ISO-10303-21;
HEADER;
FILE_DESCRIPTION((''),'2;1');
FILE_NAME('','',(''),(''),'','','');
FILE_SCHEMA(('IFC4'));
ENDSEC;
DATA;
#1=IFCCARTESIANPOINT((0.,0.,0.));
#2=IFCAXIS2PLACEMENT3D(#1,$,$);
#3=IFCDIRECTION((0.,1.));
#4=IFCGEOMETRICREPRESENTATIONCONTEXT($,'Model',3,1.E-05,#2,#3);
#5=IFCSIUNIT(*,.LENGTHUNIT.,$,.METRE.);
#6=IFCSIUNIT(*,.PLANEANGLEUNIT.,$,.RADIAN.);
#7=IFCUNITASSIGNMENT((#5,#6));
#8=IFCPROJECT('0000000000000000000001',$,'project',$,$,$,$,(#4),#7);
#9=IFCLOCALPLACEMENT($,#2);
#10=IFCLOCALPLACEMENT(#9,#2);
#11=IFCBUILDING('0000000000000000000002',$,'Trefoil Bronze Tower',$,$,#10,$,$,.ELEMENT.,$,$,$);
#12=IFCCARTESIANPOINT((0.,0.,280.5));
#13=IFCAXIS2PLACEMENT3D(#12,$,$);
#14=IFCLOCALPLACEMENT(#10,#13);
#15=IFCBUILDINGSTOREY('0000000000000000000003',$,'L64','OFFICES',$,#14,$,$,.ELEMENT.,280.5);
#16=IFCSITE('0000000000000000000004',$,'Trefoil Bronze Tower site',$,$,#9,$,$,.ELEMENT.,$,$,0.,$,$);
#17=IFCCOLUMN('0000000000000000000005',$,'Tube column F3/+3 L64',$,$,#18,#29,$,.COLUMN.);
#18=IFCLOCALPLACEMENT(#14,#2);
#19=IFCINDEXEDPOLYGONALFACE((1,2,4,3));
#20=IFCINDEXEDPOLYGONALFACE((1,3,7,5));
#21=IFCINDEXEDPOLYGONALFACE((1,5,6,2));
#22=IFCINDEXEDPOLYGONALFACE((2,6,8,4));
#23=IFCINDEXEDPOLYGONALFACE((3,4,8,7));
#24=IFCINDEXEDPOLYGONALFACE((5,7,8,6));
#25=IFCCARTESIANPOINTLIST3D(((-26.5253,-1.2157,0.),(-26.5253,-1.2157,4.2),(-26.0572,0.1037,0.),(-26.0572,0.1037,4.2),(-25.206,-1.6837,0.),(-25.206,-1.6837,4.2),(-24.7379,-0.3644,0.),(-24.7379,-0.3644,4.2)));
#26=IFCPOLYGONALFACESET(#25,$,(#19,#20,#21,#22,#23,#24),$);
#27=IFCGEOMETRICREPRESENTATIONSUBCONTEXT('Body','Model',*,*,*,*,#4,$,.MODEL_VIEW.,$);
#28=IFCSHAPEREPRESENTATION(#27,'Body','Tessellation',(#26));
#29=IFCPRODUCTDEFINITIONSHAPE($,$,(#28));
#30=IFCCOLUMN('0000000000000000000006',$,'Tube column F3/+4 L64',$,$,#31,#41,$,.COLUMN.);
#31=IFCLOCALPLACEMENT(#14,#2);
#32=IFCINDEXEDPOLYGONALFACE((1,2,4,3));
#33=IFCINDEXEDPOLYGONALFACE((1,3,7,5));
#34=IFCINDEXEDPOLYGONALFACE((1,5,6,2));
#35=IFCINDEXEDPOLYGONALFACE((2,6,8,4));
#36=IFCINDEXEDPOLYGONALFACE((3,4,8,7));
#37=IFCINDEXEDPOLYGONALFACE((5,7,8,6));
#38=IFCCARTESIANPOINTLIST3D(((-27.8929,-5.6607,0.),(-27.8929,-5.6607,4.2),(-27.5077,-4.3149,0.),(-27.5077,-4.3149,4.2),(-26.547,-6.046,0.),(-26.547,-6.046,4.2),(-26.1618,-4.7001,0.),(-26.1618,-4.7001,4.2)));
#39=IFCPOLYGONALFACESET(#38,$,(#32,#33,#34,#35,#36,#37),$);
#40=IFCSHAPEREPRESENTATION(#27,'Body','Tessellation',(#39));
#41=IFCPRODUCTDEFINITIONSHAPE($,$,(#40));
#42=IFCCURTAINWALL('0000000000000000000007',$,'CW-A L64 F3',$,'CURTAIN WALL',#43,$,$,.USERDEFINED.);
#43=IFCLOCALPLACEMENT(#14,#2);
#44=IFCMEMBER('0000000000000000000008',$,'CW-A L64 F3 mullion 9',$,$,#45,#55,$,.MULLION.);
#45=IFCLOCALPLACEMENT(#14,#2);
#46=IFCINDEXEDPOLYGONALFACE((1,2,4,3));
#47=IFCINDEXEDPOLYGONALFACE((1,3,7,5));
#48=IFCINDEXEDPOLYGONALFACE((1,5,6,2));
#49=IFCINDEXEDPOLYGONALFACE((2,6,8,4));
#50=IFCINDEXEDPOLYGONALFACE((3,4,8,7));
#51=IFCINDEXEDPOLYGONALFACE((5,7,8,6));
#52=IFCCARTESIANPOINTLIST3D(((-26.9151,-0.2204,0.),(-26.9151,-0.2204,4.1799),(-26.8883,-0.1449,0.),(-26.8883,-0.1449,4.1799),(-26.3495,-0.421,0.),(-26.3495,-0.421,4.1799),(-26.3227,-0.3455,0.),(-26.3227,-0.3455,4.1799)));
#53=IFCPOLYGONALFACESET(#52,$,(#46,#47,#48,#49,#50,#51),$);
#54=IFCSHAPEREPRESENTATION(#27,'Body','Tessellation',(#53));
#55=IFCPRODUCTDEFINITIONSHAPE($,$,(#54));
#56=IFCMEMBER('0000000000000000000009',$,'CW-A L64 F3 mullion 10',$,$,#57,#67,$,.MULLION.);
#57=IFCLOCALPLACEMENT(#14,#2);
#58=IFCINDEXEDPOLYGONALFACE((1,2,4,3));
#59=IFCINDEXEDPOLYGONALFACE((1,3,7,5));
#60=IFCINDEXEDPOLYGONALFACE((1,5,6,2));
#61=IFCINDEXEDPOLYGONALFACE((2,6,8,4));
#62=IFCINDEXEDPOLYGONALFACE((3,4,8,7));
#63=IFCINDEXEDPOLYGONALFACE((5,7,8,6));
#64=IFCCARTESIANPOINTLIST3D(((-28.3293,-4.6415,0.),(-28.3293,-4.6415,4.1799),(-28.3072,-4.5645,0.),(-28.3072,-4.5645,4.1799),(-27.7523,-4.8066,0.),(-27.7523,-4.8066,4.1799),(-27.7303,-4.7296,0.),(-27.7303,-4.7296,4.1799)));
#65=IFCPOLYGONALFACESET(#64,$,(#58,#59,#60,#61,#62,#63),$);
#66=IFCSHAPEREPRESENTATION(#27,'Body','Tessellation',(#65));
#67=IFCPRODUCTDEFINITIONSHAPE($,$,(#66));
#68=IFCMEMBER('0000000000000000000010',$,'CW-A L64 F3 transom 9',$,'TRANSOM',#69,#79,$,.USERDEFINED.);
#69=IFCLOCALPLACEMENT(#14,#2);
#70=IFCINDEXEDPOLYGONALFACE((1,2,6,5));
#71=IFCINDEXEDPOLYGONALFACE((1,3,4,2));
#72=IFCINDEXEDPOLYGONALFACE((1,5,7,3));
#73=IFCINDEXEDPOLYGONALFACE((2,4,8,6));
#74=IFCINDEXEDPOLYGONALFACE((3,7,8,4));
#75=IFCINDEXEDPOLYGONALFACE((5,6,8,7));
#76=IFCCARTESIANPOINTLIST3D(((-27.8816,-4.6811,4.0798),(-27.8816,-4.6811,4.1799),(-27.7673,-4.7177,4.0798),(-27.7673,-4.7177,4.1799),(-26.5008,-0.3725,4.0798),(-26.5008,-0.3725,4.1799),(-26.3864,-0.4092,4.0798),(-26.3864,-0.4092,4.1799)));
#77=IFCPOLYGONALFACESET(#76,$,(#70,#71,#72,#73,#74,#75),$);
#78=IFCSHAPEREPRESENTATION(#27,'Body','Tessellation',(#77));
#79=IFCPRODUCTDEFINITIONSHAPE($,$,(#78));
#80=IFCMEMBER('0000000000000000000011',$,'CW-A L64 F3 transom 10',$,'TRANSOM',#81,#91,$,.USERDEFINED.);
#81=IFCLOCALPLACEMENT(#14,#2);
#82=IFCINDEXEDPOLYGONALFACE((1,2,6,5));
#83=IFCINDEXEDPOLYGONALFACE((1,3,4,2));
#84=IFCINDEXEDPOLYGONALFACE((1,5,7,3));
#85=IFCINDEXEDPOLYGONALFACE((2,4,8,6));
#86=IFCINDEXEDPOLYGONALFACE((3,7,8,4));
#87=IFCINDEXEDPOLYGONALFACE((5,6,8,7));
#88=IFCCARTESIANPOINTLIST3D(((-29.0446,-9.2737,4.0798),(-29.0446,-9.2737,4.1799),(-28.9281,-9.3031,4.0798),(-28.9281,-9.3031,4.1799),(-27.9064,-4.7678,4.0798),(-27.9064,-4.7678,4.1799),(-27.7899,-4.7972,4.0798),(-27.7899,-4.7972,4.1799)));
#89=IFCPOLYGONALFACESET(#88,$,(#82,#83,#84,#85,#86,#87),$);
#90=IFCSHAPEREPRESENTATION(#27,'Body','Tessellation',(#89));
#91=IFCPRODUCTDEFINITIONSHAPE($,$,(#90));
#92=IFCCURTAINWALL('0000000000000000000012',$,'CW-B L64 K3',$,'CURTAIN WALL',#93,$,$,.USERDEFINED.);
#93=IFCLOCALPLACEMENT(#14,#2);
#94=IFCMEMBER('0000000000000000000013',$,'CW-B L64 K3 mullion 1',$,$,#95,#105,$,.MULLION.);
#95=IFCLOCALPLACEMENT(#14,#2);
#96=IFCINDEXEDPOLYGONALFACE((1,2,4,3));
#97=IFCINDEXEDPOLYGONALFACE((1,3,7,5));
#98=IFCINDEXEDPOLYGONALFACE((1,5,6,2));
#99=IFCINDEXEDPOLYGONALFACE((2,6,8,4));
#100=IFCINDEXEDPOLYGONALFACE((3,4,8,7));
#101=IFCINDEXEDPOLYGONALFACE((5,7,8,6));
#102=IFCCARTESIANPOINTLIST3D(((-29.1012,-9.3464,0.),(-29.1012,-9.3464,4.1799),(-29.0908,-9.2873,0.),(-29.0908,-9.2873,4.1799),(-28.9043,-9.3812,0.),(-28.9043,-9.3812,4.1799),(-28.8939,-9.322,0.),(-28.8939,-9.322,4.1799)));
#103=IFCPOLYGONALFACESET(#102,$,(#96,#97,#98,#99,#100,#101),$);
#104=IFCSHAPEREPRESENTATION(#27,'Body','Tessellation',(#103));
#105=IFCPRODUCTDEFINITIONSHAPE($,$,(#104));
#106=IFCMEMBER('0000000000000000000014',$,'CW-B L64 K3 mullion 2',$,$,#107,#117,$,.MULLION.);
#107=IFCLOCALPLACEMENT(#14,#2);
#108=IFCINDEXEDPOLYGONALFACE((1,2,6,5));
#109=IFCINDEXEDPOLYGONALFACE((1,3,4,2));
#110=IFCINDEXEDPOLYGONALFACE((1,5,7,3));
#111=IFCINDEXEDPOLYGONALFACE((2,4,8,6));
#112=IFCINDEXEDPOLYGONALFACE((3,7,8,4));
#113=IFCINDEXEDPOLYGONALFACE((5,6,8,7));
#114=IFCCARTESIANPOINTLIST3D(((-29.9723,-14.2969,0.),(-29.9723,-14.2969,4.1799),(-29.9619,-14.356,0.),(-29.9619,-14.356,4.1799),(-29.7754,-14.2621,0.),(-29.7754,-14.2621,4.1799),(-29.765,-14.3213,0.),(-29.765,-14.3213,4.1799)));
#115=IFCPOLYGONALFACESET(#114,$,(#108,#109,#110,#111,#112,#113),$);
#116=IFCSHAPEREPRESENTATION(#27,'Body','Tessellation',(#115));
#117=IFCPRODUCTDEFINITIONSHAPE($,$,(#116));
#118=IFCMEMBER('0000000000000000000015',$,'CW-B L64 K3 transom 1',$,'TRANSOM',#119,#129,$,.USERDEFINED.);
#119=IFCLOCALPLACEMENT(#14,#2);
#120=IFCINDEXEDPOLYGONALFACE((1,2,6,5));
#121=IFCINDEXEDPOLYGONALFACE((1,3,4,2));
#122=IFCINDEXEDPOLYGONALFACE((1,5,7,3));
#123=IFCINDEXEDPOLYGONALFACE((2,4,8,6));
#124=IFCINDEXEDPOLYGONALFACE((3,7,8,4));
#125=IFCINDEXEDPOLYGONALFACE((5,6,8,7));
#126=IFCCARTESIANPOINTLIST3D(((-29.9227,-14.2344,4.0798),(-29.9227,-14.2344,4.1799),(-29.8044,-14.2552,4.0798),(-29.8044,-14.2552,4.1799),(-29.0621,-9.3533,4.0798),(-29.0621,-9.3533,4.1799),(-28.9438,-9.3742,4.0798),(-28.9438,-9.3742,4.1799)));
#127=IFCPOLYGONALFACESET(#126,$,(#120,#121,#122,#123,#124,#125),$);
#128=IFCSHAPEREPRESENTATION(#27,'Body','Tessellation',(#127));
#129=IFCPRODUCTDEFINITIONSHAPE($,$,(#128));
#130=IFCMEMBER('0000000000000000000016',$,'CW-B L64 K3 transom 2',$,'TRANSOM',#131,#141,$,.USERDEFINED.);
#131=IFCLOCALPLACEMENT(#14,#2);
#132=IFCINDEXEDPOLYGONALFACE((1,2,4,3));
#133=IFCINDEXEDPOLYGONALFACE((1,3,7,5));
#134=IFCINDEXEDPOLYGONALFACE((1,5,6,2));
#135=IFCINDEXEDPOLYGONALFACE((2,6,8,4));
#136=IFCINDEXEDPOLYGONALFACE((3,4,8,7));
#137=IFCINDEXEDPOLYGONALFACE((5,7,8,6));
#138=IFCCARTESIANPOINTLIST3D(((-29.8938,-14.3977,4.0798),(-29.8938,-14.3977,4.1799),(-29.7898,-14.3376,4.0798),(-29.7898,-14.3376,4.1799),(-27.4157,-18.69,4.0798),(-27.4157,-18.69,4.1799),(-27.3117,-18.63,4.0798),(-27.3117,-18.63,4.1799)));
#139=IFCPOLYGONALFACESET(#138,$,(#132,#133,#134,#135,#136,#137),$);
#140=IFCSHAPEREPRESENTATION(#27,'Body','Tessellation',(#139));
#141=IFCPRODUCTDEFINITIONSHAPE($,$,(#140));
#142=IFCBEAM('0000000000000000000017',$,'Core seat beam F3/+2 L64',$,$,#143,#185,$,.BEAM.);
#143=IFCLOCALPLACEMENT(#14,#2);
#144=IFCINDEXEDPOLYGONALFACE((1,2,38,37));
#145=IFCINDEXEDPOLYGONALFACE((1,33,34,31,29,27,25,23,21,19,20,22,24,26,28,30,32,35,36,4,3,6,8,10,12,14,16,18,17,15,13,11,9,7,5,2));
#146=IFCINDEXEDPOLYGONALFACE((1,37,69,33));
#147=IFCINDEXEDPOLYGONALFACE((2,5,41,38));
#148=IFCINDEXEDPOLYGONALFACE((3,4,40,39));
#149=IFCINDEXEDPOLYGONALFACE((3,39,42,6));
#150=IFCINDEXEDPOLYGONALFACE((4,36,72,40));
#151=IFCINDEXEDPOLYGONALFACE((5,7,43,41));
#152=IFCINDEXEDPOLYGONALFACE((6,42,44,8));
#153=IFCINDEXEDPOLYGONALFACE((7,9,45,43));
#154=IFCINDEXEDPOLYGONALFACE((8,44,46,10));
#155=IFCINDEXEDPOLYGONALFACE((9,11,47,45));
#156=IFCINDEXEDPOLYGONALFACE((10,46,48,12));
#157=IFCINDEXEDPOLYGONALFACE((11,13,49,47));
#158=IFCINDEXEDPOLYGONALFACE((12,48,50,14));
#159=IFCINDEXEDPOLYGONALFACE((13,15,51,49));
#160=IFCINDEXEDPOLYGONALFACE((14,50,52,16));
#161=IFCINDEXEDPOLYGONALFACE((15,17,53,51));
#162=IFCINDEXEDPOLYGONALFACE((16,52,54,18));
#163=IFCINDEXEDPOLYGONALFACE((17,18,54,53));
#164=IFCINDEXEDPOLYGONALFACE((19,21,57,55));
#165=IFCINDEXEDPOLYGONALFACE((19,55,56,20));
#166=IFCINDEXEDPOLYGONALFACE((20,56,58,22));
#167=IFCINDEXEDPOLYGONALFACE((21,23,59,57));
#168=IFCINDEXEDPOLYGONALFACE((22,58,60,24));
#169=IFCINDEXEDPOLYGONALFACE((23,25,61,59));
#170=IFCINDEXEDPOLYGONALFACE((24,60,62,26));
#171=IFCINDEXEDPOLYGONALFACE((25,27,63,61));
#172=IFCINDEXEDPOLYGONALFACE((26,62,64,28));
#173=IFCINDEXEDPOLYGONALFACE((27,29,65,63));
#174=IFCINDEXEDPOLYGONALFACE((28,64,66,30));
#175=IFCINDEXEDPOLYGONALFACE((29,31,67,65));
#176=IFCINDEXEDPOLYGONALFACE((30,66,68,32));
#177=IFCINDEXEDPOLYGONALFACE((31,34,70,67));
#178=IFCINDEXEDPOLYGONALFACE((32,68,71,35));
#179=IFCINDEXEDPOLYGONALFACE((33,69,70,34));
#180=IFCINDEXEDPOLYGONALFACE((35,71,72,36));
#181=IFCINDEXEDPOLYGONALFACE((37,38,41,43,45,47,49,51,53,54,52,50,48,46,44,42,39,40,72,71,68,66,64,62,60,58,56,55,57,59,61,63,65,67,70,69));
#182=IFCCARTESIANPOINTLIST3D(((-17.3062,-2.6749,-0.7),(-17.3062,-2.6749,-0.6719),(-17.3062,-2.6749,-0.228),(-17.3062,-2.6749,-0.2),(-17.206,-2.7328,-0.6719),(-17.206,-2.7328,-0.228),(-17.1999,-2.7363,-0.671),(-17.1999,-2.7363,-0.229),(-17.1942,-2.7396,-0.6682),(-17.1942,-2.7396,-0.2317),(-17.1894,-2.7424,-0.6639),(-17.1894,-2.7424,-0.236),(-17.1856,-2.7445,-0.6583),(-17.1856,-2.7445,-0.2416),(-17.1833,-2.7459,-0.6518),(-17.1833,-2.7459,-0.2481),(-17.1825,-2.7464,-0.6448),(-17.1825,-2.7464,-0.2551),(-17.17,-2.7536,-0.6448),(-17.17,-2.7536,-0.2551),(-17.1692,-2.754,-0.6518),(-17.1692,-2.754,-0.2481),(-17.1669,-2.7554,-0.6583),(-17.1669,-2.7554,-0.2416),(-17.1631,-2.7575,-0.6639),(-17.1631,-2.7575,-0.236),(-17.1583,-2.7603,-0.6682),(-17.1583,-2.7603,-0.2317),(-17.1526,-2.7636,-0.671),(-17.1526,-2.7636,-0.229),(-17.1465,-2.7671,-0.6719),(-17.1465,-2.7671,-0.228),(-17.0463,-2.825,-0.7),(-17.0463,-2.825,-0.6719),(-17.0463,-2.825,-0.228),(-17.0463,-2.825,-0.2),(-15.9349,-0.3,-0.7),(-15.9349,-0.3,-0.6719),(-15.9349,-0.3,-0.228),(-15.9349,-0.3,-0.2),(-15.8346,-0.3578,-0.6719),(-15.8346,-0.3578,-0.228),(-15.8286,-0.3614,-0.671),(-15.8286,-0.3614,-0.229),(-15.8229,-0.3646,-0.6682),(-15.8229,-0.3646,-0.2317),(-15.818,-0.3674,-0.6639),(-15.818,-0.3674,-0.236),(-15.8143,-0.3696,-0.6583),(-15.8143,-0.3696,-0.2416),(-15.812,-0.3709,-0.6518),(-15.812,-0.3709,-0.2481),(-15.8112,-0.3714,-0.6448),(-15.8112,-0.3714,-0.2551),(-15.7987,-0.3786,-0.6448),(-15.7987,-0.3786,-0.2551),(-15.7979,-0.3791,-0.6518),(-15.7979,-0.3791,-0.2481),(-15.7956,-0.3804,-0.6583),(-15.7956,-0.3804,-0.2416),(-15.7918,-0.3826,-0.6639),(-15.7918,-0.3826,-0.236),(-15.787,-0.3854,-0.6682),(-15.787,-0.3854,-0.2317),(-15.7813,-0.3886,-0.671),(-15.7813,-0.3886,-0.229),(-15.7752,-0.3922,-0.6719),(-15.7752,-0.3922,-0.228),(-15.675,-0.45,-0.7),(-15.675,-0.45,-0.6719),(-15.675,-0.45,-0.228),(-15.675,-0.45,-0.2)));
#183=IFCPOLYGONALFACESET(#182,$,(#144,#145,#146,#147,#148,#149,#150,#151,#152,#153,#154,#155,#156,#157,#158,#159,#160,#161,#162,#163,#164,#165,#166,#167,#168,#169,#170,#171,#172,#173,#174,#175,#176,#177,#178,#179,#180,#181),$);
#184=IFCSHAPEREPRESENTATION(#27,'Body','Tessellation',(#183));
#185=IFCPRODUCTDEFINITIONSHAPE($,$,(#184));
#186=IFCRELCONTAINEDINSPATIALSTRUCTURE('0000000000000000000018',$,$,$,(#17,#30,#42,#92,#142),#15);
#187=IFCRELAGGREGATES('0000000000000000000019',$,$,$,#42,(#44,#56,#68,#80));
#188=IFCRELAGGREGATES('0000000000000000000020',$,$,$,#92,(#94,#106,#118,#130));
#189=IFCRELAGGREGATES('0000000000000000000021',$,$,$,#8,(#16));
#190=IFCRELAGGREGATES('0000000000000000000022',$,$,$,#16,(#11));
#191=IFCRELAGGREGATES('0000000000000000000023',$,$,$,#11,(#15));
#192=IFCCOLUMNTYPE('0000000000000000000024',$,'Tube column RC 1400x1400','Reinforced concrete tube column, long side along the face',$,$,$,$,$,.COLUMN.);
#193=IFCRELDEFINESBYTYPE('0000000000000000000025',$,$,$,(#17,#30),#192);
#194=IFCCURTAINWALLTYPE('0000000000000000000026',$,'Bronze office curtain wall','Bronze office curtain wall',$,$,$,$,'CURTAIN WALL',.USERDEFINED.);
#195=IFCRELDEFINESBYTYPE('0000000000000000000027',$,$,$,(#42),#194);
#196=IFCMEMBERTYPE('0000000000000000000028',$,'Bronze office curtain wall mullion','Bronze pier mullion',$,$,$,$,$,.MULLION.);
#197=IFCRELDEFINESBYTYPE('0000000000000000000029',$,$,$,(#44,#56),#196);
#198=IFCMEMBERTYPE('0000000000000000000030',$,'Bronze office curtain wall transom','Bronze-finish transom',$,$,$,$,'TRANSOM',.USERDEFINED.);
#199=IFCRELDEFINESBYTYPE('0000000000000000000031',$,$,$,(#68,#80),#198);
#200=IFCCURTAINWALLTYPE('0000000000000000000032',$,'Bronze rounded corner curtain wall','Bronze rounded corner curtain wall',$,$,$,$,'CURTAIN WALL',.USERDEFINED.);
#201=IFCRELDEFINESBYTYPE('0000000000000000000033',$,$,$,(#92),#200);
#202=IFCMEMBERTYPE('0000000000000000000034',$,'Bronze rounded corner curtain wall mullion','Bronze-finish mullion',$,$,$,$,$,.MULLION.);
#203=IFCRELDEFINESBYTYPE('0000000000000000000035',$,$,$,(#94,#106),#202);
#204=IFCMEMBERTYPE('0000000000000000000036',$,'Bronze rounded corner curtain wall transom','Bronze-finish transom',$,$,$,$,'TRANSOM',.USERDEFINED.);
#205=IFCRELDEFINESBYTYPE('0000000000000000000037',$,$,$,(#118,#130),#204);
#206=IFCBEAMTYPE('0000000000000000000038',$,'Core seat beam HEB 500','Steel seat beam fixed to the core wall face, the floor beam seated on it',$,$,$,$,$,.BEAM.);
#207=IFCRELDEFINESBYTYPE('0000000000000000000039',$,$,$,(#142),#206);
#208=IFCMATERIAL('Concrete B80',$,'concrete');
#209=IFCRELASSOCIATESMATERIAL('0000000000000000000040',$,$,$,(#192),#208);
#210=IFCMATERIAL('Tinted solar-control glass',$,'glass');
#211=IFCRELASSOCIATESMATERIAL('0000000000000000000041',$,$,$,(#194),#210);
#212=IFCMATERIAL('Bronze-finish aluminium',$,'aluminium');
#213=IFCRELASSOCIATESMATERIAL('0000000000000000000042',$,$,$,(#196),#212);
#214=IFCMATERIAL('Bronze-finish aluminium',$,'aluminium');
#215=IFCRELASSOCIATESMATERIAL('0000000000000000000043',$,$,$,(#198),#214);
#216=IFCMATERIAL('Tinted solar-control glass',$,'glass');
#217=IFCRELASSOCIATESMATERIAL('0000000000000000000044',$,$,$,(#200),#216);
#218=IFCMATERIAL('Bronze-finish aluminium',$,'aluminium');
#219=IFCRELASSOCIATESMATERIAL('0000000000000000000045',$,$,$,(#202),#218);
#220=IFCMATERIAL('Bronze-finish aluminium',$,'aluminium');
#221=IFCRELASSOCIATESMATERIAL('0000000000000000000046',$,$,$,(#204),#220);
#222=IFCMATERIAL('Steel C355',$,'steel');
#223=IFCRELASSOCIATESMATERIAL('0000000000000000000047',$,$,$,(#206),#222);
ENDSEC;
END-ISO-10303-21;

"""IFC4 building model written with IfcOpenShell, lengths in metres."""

from ifc_helpers import new_model, si_unit, direction, frame, origin, origin_2d, place, context, subcontext, project, spatial, rectangle, i_section, extrude, material, material_profile, profile_set, type_object, element, aggregate, save


model = new_model("IFC4")

# Units and contexts
model_context = context("Model", 3, precision=1e-05, world=origin(), true_north=direction((0.0, 1.0)))
body_context = subcontext(model_context, "Body", "Model", "MODEL_VIEW")
ifc_project = project(units=[si_unit("LENGTHUNIT", "METRE"), si_unit("PLANEANGLEUNIT", "RADIAN")], contexts=[model_context])

# Site, building, storey
site_placement = place(None, origin())
site = spatial("IfcSite", under=ifc_project, at=site_placement, Name="Trefoil Bronze Tower site", CompositionType="ELEMENT", RefElevation=0.0)
building_placement = place(site_placement, origin())
building = spatial("IfcBuilding", under=site, at=building_placement, Name="Trefoil Bronze Tower", CompositionType="ELEMENT")
storey_placement = place(building_placement, frame((0.0, 0.0, 280.5)))
storey = spatial("IfcBuildingStorey", under=building, at=storey_placement, Name="L64", Description="OFFICES", CompositionType="ELEMENT", Elevation=280.5)

# Columns
ifc_material_1 = material(Name="Concrete B80", Category="concrete")
ifc_material_profile_1 = material_profile(ifc_material_1, rectangle(XDim=1.3999, YDim=1.3999, at=origin_2d()), Name="RC 1400x1400")
ifc_profile_set_1 = profile_set([ifc_material_profile_1], Name="Concrete B80")
column_type = type_object("IfcColumnType", Name="Tube column RC 1400x1400", Description="Reinforced concrete tube column, long side along the face", PredefinedType="COLUMN", material=ifc_profile_set_1)
for number, where, z_axis, x_axis, name in (
    (1, (-25.6316, -0.79, 0.0), (0.0, 0.0, 1.0), (-0.334352, -0.942448, 0.0), "Tube column F3/+3 L64"),
    (2, (-27.0273, -5.1804, 0.0), (0.0, 0.0, 1.0), (-0.275169, -0.961396, 0.0), "Tube column F3/+4 L64"),
):
    element("IfcColumn", number, at=place(storey_placement, frame(where, z_axis=z_axis, x_axis=x_axis)), inside=storey, type_object=column_type, Name=name, PredefinedType="COLUMN", context=body_context, shape_type="SweptSolid", body=[
        extrude(rectangle(XDim=1.3999, YDim=1.3999, at=origin_2d()), origin(), (0.0, 0.0, 1.0), 4.2),
    ])

# Curtain walls, members
ifc_material_2 = material(Name="Tinted solar-control glass", Category="glass")
curtain_wall_type_1 = type_object("IfcCurtainWallType", Name="Bronze office curtain wall", Description="Bronze office curtain wall", ElementType="CURTAIN WALL", PredefinedType="USERDEFINED", material=ifc_material_2)
curtain_wall_1_placement = place(storey_placement, origin())
curtain_wall_1 = element("IfcCurtainWall", 3, at=curtain_wall_1_placement, inside=storey, type_object=curtain_wall_type_1, Name="CW-A L64 F3", ObjectType="CURTAIN WALL", PredefinedType="USERDEFINED")
ifc_material_3 = material(Name="Bronze-finish aluminium", Category="aluminium")
ifc_material_profile_2 = material_profile(ifc_material_3, rectangle(XDim=0.6001, YDim=0.0801, at=origin_2d()), Name="CW-A mullion")
ifc_profile_set_2 = profile_set([ifc_material_profile_2], Name="Bronze-finish aluminium")
member_type_1 = type_object("IfcMemberType", Name="Bronze office curtain wall mullion", Description="Bronze pier mullion", PredefinedType="MULLION", material=ifc_profile_set_2)
member_1_placement = place(storey_placement, frame((-26.6189, -0.283, 0.0), z_axis=(0.0, 0.0, 1.0), x_axis=(0.942448, -0.334352, 0.0)))
member_1 = element("IfcMember", 4, at=member_1_placement, type_object=member_type_1, Name="CW-A L64 F3 mullion 9", PredefinedType="MULLION", context=body_context, shape_type="SweptSolid", body=[
    extrude(rectangle(XDim=0.6001, YDim=0.0801, at=origin_2d()), origin(), (0.0, 0.0, 1.0), 4.1799),
])
member_2_placement = place(storey_placement, frame((-28.0298, -4.6855, 0.0), z_axis=(0.0, 0.0, 1.0), x_axis=(0.961396, -0.275169, 0.0)))
member_2 = element("IfcMember", 5, at=member_2_placement, type_object=member_type_1, Name="CW-A L64 F3 mullion 10", PredefinedType="MULLION", context=body_context, shape_type="SweptSolid", body=[
    extrude(rectangle(XDim=0.6001, YDim=0.0801, at=origin_2d()), origin(), (0.0, 0.0, 1.0), 4.1799),
])
ifc_material_4 = material(Name="Bronze-finish aluminium", Category="aluminium")
ifc_material_profile_3 = material_profile(ifc_material_4, rectangle(XDim=0.1201, YDim=0.1001, at=origin_2d()), Name="CW-A transom")
ifc_profile_set_3 = profile_set([ifc_material_profile_3], Name="Bronze-finish aluminium")
member_type_2 = type_object("IfcMemberType", Name="Bronze office curtain wall transom", Description="Bronze-finish transom", ElementType="TRANSOM", PredefinedType="USERDEFINED", material=ifc_profile_set_3)
member_3_placement = place(storey_placement, frame((-26.4436, -0.3909, 4.1299), z_axis=(-0.305199, -0.952289, 0.0), x_axis=(0.952289, -0.305199, 0.0)))
member_3 = element("IfcMember", 6, at=member_3_placement, type_object=member_type_2, Name="CW-A L64 F3 transom 9", ObjectType="TRANSOM", PredefinedType="USERDEFINED", context=body_context, shape_type="SweptSolid", body=[
    extrude(rectangle(XDim=0.1201, YDim=0.1001, at=origin_2d()), origin(), (0.0, 0.0, 1.0), 4.5244),
])
member_4_placement = place(storey_placement, frame((-27.8481, -4.7825, 4.1299), z_axis=(-0.244908, -0.969546, 0.0), x_axis=(0.969546, -0.244908, 0.0)))
member_4 = element("IfcMember", 7, at=member_4_placement, type_object=member_type_2, Name="CW-A L64 F3 transom 10", ObjectType="TRANSOM", PredefinedType="USERDEFINED", context=body_context, shape_type="SweptSolid", body=[
    extrude(rectangle(XDim=0.1201, YDim=0.1001, at=origin_2d()), origin(), (0.0, 0.0, 1.0), 4.6475),
])
ifc_material_5 = material(Name="Tinted solar-control glass", Category="glass")
curtain_wall_type_2 = type_object("IfcCurtainWallType", Name="Bronze rounded corner curtain wall", Description="Bronze rounded corner curtain wall", ElementType="CURTAIN WALL", PredefinedType="USERDEFINED", material=ifc_material_5)
curtain_wall_2_placement = place(storey_placement, origin())
curtain_wall_2 = element("IfcCurtainWall", 8, at=curtain_wall_2_placement, inside=storey, type_object=curtain_wall_type_2, Name="CW-B L64 K3", ObjectType="CURTAIN WALL", PredefinedType="USERDEFINED")
ifc_material_6 = material(Name="Bronze-finish aluminium", Category="aluminium")
ifc_material_profile_4 = material_profile(ifc_material_6, rectangle(XDim=0.2, YDim=0.0601, at=origin_2d()), Name="CW-B mullion")
ifc_profile_set_4 = profile_set([ifc_material_profile_4], Name="Bronze-finish aluminium")
member_type_3 = type_object("IfcMemberType", Name="Bronze rounded corner curtain wall mullion", Description="Bronze-finish mullion", PredefinedType="MULLION", material=ifc_profile_set_4)
member_5_placement = place(storey_placement, frame((-28.9976, -9.3342, 0.0), z_axis=(0.0, 0.0, 1.0), x_axis=(0.984808, -0.173648, 0.0)))
member_5 = element("IfcMember", 9, at=member_5_placement, type_object=member_type_3, Name="CW-B L64 K3 mullion 1", PredefinedType="MULLION", context=body_context, shape_type="SweptSolid", body=[
    extrude(rectangle(XDim=0.2, YDim=0.0601, at=origin_2d()), origin(), (0.0, 0.0, 1.0), 4.1799),
])
member_6_placement = place(storey_placement, frame((-29.8687, -14.3091, 0.0), z_axis=(0.0, 0.0, 1.0), x_axis=(0.984808, 0.173648, 0.0)))
member_6 = element("IfcMember", 10, at=member_6_placement, type_object=member_type_3, Name="CW-B L64 K3 mullion 2", PredefinedType="MULLION", context=body_context, shape_type="SweptSolid", body=[
    extrude(rectangle(XDim=0.2, YDim=0.0601, at=origin_2d()), origin(), (0.0, 0.0, 1.0), 4.1799),
])
ifc_material_7 = material(Name="Bronze-finish aluminium", Category="aluminium")
ifc_material_profile_5 = material_profile(ifc_material_7, rectangle(XDim=0.1201, YDim=0.1001, at=origin_2d()), Name="CW-B transom")
ifc_profile_set_5 = profile_set([ifc_material_profile_5], Name="Bronze-finish aluminium")
member_type_4 = type_object("IfcMemberType", Name="Bronze rounded corner curtain wall transom", Description="Bronze-finish transom", ElementType="TRANSOM", PredefinedType="USERDEFINED", material=ifc_profile_set_5)
member_7_placement = place(storey_placement, frame((-29.0029, -9.3638, 4.1299), z_axis=(-0.173634, -0.98481, 0.0), x_axis=(0.98481, -0.173634, 0.0)))
member_7 = element("IfcMember", 11, at=member_7_placement, type_object=member_type_4, Name="CW-B L64 K3 transom 1", ObjectType="TRANSOM", PredefinedType="USERDEFINED", context=body_context, shape_type="SweptSolid", body=[
    extrude(rectangle(XDim=0.1201, YDim=0.1001, at=origin_2d()), origin(), (0.0, 0.0, 1.0), 4.9563),
])
member_8_placement = place(storey_placement, frame((-29.8418, -14.3677, 4.1299), z_axis=(0.499985, -0.866034, 0.0), x_axis=(0.866034, 0.499985, 0.0)))
member_8 = element("IfcMember", 12, at=member_8_placement, type_object=member_type_4, Name="CW-B L64 K3 transom 2", ObjectType="TRANSOM", PredefinedType="USERDEFINED", context=body_context, shape_type="SweptSolid", body=[
    extrude(rectangle(XDim=0.1201, YDim=0.1001, at=origin_2d()), origin(), (0.0, 0.0, 1.0), 4.9563),
])

# Beam
ifc_material_8 = material(Name="Steel C355", Category="steel")
ifc_material_profile_6 = material_profile(ifc_material_8, i_section(OverallWidth=0.3, OverallDepth=0.5, WebThickness=0.0144, FlangeThickness=0.0281, FilletRadius=0.0271, at=origin_2d()), Name="HEB 500")
ifc_profile_set_6 = profile_set([ifc_material_profile_6], Name="Steel C355")
beam_type_1 = type_object("IfcBeamType", Name="Core seat beam HEB 500", Description="Steel seat beam fixed to the core wall face, the floor beam seated on it", PredefinedType="BEAM", material=ifc_profile_set_6)
beam_1_placement = place(storey_placement, frame((-15.8049, -0.375, -0.45), z_axis=(-0.500036, -0.866005, 0.0), x_axis=(0.866005, -0.500036, 0.0)))
element("IfcBeam", 13, at=beam_1_placement, inside=storey, type_object=beam_type_1, Name="Core seat beam F3/+2 L64", PredefinedType="BEAM", context=body_context, shape_type="SweptSolid", body=[
    extrude(i_section(OverallWidth=0.3, OverallDepth=0.5, WebThickness=0.0144, FlangeThickness=0.0281, FilletRadius=0.0271, at=origin_2d()), origin(), (0.0, 0.0, 1.0), 2.7424),
])

aggregate(curtain_wall_1, [member_1, member_2, member_3, member_4])
aggregate(curtain_wall_2, [member_5, member_6, member_7, member_8])

save(model, "model.ifc")
